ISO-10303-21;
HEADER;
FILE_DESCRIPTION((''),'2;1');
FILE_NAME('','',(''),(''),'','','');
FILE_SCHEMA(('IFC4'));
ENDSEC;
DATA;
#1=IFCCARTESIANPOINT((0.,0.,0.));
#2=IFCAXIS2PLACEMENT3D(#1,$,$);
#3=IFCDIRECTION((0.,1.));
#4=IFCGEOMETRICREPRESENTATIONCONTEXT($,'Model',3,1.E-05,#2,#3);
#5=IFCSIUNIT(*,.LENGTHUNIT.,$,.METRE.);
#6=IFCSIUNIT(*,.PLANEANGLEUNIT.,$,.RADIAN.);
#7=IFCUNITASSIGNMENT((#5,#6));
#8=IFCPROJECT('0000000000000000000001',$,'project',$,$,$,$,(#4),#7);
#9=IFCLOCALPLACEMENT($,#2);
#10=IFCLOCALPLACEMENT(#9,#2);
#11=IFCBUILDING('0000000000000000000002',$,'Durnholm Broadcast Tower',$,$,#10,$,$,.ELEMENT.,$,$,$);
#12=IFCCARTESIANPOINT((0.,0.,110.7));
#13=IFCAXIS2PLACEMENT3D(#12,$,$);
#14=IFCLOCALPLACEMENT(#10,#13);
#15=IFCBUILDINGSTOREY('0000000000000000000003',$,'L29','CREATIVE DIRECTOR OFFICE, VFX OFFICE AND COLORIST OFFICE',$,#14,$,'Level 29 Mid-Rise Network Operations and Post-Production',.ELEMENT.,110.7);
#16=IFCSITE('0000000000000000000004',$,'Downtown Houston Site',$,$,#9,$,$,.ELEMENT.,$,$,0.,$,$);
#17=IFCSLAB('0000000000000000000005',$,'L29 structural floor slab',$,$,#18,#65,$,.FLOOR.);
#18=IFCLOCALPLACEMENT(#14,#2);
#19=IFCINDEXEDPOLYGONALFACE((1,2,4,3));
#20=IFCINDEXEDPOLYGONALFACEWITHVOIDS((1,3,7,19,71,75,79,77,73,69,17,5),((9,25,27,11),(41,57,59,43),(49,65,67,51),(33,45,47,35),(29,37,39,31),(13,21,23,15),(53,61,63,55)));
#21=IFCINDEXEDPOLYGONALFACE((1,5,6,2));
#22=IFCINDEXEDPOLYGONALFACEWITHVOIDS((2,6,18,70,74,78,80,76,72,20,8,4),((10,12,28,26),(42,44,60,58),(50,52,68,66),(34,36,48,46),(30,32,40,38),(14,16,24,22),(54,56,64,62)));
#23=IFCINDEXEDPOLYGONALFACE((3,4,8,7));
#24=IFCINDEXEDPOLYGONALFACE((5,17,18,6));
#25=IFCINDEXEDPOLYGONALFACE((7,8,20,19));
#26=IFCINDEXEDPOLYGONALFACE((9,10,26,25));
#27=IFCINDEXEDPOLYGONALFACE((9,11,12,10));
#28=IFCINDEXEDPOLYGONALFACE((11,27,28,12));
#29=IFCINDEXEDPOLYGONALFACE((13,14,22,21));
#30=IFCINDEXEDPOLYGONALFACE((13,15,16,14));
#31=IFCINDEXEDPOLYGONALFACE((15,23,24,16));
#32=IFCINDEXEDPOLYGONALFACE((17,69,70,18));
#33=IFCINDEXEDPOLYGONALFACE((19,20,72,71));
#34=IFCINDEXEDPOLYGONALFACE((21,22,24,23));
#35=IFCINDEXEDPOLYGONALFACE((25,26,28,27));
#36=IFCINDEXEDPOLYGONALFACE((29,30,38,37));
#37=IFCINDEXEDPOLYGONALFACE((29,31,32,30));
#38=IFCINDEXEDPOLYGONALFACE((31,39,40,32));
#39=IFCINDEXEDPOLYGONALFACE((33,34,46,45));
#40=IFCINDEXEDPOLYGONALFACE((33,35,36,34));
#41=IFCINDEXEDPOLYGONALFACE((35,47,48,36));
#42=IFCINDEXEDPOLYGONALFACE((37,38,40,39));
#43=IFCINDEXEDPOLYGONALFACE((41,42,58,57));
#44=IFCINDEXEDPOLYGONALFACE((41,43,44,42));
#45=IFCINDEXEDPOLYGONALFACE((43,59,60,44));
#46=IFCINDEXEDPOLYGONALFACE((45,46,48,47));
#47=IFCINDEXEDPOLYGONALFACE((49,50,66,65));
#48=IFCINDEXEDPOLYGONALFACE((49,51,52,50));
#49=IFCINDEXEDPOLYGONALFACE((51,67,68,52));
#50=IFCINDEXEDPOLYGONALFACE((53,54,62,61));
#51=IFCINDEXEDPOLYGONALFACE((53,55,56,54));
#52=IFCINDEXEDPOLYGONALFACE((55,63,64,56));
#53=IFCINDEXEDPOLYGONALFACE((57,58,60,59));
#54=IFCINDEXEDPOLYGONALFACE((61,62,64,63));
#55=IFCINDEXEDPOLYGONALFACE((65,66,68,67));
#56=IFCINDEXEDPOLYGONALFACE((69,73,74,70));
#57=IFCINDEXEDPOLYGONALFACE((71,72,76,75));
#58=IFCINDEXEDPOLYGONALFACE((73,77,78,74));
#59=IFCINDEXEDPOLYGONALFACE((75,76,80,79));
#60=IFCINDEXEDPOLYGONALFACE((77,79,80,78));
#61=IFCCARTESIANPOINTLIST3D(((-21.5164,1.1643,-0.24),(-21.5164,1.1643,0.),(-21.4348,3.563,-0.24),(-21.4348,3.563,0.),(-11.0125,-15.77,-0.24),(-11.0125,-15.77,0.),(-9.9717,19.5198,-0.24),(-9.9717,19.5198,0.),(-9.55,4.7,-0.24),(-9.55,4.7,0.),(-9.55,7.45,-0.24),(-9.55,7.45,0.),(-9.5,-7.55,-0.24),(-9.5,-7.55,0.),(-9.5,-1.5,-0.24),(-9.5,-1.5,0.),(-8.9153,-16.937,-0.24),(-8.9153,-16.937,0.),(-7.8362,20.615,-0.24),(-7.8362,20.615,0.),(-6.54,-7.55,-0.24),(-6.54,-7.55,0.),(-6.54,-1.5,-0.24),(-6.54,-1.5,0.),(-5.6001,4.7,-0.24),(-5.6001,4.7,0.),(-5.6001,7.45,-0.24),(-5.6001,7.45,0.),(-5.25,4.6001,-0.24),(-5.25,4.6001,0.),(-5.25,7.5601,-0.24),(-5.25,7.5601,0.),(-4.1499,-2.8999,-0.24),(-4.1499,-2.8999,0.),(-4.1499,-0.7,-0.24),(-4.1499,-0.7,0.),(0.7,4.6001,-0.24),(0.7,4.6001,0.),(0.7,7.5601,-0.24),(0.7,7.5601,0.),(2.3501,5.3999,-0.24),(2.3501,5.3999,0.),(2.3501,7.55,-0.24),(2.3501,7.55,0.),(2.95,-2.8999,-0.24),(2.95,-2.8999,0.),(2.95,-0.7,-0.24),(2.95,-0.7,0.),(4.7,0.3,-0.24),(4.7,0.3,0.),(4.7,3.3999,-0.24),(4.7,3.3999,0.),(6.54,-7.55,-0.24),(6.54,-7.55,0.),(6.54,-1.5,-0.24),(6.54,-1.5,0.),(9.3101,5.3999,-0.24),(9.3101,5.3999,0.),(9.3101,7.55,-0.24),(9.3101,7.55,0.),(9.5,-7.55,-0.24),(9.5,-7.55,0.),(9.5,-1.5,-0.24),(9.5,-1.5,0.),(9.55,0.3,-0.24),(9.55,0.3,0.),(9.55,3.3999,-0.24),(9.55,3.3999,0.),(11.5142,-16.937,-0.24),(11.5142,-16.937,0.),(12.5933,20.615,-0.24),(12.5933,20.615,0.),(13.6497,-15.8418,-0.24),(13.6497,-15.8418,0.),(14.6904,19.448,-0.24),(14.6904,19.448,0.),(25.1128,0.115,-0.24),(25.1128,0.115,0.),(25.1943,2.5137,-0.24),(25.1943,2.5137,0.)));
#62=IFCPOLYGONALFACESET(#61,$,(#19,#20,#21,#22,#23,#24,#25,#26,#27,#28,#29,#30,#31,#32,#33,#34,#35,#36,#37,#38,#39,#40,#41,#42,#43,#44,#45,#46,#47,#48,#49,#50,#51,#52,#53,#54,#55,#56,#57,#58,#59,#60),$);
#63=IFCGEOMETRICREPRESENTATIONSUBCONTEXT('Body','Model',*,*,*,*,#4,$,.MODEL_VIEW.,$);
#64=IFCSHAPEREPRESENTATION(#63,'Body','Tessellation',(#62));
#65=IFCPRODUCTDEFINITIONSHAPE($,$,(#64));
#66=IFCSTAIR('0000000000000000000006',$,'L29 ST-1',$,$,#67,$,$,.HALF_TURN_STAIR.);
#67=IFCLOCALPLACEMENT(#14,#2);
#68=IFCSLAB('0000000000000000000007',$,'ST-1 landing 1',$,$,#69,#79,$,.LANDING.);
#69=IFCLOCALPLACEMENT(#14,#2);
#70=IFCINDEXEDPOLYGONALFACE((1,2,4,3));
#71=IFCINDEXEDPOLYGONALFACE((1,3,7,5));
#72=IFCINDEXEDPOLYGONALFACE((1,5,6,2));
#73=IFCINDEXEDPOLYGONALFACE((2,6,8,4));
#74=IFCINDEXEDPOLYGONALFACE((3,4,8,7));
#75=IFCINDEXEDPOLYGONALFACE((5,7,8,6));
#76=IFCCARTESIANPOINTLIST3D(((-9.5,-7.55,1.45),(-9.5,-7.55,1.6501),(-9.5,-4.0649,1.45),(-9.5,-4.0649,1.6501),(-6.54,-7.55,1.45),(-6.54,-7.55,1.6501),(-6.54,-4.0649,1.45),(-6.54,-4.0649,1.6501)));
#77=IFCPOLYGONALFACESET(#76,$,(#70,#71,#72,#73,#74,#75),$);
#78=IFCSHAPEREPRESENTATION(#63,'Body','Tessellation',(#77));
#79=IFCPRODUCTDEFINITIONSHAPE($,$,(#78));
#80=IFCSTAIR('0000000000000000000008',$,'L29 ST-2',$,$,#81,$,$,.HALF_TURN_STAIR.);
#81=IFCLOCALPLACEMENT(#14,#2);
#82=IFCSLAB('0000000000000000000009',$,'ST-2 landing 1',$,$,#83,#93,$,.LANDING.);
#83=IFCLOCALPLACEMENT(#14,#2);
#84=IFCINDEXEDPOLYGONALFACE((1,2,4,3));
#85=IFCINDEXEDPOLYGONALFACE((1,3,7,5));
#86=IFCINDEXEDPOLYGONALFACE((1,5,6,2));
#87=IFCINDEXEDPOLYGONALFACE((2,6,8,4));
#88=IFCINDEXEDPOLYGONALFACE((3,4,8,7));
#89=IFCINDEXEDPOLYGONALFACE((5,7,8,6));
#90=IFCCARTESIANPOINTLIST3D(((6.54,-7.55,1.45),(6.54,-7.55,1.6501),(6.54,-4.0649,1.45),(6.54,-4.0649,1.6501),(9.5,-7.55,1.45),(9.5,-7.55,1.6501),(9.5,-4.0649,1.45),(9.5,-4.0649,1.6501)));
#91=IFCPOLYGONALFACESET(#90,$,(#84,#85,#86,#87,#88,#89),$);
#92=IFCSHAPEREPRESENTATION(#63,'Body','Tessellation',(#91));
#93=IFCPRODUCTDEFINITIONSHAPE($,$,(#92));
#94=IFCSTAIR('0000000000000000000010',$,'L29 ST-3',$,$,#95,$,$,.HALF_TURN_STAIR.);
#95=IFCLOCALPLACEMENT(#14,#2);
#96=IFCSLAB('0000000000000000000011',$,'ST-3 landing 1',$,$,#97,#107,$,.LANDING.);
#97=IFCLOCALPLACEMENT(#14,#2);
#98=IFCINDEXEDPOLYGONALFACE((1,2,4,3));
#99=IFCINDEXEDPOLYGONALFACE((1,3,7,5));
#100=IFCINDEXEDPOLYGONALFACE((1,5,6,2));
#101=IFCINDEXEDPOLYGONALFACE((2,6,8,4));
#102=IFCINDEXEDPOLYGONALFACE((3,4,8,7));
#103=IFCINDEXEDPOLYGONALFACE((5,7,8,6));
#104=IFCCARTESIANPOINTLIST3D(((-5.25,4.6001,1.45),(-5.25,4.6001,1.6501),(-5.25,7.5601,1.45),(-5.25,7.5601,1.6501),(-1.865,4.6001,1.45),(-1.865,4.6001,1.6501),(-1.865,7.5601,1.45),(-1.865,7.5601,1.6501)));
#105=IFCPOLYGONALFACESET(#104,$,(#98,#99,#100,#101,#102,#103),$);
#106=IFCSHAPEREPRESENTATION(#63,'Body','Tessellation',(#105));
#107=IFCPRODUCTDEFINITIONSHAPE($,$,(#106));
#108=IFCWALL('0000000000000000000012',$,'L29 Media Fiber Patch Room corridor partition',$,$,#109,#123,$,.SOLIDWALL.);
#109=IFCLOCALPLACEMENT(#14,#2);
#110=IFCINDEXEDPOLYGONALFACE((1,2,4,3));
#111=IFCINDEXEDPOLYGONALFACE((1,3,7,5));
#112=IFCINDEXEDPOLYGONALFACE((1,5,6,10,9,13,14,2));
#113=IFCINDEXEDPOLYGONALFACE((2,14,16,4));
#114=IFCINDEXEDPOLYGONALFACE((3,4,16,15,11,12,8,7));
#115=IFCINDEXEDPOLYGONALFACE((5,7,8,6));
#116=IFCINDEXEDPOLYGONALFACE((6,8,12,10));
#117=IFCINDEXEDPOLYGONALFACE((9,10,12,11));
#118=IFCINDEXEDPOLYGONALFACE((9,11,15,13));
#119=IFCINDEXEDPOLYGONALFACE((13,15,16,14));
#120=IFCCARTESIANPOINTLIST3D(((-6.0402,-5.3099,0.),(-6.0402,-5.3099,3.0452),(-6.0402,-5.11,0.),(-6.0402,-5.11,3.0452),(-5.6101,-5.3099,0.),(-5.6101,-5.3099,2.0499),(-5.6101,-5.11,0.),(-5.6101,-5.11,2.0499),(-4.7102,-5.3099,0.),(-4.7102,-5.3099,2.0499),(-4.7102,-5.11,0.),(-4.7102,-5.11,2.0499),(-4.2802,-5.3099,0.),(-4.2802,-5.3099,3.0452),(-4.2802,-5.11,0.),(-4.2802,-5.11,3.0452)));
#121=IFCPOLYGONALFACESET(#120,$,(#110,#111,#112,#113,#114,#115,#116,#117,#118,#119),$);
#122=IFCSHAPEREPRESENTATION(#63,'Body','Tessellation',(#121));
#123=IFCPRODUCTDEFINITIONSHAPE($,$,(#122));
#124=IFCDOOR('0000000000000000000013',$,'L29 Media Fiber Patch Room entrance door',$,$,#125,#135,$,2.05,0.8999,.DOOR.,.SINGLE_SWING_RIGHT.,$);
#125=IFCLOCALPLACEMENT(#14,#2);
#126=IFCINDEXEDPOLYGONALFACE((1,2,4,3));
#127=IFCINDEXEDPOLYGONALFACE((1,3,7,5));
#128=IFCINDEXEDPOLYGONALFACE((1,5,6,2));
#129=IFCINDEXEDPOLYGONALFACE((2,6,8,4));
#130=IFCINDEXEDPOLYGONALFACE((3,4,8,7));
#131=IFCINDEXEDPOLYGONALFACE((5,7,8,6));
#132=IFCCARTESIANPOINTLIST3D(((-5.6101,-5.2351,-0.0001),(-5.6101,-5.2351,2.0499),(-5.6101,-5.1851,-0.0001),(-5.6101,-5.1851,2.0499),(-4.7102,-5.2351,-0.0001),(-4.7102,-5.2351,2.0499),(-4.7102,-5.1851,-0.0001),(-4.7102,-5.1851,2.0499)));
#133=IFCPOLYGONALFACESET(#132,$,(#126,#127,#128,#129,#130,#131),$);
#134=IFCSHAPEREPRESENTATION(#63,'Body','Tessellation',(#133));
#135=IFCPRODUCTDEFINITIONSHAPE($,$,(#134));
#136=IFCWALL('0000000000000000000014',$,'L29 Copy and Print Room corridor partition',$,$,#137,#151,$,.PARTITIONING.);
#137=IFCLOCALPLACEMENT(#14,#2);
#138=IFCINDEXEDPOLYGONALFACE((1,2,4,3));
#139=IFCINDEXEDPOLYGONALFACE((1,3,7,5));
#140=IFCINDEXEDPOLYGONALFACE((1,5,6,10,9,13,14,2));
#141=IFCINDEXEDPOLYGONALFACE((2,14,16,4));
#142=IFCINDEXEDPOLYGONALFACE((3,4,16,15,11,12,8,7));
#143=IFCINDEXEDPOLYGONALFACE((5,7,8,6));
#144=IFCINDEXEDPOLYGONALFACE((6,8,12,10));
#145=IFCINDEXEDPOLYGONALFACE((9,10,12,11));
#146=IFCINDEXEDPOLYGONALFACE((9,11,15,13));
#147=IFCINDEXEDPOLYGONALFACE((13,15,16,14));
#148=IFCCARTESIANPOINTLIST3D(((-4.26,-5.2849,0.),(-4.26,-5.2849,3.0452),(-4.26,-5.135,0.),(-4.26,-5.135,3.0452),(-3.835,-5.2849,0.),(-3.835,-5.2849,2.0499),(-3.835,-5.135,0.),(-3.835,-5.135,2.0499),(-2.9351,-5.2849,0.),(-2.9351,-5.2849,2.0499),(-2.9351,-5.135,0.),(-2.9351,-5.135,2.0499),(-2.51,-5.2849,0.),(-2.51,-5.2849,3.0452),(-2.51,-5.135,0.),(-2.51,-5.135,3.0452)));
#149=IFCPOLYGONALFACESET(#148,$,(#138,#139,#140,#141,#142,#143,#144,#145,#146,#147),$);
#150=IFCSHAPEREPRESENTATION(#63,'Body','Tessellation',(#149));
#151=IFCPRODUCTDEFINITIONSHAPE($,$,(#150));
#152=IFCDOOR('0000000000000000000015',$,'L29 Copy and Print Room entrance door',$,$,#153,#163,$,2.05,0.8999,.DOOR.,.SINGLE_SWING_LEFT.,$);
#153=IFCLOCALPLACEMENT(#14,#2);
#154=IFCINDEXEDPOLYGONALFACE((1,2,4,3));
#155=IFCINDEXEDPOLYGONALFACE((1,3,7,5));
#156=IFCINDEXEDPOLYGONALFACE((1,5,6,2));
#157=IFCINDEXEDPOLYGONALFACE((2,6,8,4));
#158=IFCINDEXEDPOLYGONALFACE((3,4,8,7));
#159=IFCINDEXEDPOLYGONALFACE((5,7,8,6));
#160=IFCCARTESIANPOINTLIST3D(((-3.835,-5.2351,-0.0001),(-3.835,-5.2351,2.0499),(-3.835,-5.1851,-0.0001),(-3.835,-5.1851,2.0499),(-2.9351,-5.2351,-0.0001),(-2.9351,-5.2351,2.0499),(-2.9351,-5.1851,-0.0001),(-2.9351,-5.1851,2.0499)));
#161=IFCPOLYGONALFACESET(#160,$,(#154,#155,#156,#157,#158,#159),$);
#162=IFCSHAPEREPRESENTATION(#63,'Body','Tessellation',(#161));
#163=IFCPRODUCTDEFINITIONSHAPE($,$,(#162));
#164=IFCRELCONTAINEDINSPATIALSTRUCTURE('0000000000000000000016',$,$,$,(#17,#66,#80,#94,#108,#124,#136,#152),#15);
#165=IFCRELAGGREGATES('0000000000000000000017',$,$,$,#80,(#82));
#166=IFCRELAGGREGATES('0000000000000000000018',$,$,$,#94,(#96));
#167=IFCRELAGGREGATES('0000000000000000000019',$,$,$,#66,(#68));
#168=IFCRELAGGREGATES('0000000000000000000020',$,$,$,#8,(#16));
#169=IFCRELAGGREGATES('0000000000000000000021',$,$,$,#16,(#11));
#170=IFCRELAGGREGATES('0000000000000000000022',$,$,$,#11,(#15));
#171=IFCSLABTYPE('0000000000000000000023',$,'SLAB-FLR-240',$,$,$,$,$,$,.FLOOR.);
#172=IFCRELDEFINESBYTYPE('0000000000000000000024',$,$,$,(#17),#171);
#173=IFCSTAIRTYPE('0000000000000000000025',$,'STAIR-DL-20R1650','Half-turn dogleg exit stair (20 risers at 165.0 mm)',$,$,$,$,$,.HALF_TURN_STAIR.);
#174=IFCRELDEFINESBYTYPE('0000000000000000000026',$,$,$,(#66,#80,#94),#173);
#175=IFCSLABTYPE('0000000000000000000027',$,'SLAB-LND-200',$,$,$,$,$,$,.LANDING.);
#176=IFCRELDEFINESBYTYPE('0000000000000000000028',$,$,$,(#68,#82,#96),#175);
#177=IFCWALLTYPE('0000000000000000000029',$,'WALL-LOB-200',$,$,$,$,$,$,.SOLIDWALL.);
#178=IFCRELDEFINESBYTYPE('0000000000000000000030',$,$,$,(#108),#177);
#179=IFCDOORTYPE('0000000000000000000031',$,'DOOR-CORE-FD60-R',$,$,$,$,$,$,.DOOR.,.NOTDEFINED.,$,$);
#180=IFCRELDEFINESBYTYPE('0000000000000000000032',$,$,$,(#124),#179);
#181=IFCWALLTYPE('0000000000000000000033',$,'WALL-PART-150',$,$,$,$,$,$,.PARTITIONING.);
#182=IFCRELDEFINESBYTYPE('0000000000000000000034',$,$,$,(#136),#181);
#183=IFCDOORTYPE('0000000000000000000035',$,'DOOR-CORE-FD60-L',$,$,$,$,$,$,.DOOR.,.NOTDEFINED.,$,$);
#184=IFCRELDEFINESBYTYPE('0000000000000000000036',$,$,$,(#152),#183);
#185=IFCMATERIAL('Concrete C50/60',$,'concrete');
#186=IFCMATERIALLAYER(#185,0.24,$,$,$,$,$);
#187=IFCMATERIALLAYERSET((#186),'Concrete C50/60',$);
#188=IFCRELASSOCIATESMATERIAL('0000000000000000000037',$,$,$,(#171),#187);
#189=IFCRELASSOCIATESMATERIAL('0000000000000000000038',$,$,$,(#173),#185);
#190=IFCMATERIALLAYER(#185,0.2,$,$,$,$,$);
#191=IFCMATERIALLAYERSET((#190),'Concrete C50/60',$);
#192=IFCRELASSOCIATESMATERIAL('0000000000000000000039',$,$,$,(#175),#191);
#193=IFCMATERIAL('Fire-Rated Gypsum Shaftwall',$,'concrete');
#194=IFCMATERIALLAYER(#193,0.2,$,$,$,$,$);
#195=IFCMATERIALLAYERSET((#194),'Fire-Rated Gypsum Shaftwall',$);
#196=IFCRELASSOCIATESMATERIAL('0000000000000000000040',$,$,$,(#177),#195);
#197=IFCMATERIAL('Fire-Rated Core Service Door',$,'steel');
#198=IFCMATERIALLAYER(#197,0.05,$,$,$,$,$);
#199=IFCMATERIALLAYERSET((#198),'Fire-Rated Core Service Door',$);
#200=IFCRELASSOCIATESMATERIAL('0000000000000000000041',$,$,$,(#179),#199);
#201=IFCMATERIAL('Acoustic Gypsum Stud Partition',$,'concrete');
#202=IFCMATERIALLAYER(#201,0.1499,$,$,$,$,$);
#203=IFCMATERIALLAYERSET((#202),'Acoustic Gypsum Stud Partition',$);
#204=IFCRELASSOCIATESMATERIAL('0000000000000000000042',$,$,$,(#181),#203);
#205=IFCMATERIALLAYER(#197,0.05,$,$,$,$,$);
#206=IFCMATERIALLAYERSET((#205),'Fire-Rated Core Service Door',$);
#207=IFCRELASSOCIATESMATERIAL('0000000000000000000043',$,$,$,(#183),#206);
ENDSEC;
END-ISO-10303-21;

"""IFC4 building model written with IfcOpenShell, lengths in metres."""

from ifc_helpers import new_model, si_unit, direction, frame, frame_2d, origin, place, context, subcontext, project, spatial, polyline, rectangle, outline, extrude, source, transform, mapped, material, layer, layer_set, type_object, type_shapes, element, fill, aggregate, save


model = new_model("IFC4")

# Units and contexts
model_context = context("Model", 3, precision=1e-05, world=origin(), true_north=direction((0.0, 1.0)))
body_context = subcontext(model_context, "Body", "Model", "MODEL_VIEW")
ifc_project = project(units=[si_unit("LENGTHUNIT", "METRE"), si_unit("PLANEANGLEUNIT", "RADIAN")], contexts=[model_context])

# Site, building, storey
site_placement = place(None, origin())
site = spatial("IfcSite", under=ifc_project, at=site_placement, Name="Downtown Houston Site", CompositionType="ELEMENT", RefElevation=0.0)
building_placement = place(site_placement, origin())
building = spatial("IfcBuilding", under=site, at=building_placement, Name="Durnholm Broadcast Tower", CompositionType="ELEMENT")
storey_placement = place(building_placement, frame((0.0, 0.0, 110.7)))
storey = spatial("IfcBuildingStorey", under=building, at=storey_placement, Name="L29", Description="CREATIVE DIRECTOR OFFICE, VFX OFFICE AND COLORIST OFFICE", LongName="Level 29 Mid-Rise Network Operations and Post-Production", CompositionType="ELEMENT", Elevation=110.7)

# Slab
ifc_material_1 = material(Name="Concrete C50/60", Category="concrete")
ifc_layer_1 = layer(ifc_material_1, 0.24)
ifc_layer_set_1 = layer_set([ifc_layer_1], Name="Concrete C50/60")
slab_type_1 = type_object("IfcSlabType", Name="SLAB-FLR-240", PredefinedType="FLOOR", material=ifc_layer_set_1)
slab_1_placement = place(storey_placement, frame((0.0, 0.0, -0.24)))
element("IfcSlab", 1, at=slab_1_placement, inside=storey, type_object=slab_type_1, Name="L29 structural floor slab", PredefinedType="FLOOR", context=body_context, shape_type="SweptSolid", body=[
    extrude(outline(polyline([(-11.0125, -15.77), (-8.9153, -16.937), (11.5142, -16.937), (13.6497, -15.8418), (25.1128, 0.115), (25.1943, 2.5137), (14.6904, 19.448), (12.5933, 20.615), (-7.8362, 20.615), (-9.9717, 19.5198), (-21.4348, 3.563), (-21.5164, 1.1643), (-11.0125, -15.77)]), holes=[polyline([(-6.54, -1.5), (-9.5, -1.5), (-9.5, -7.55), (-6.54, -7.55), (-6.54, -1.5)]), polyline([(9.5, -7.55), (9.5, -1.5), (6.54, -1.5), (6.54, -7.55), (9.5, -7.55)]), polyline([(2.95, -0.7), (-4.1499, -0.7), (-4.1499, -2.8999), (2.95, -2.8999), (2.95, -0.7)]), polyline([(9.55, 3.3999), (4.7, 3.3999), (4.7, 0.3), (9.55, 0.3), (9.55, 3.3999)]), polyline([(-5.6001, 7.45), (-9.55, 7.45), (-9.55, 4.7), (-5.6001, 4.7), (-5.6001, 7.45)]), polyline([(-5.25, 4.6001), (0.7, 4.6001), (0.7, 7.5601), (-5.25, 7.5601), (-5.25, 4.6001)]), polyline([(9.3101, 7.55), (2.3501, 7.55), (2.3501, 5.3999), (9.3101, 5.3999), (9.3101, 7.55)])]), origin(), (0.0, 0.0, 1.0), 0.24),
])

# Stairs, slabs
stair_type = type_object("IfcStairType", Name="STAIR-DL-20R1650", Description="Half-turn dogleg exit stair (20 risers at 165.0 mm)", PredefinedType="HALF_TURN_STAIR", material=ifc_material_1)
stair_1_placement = place(storey_placement, origin())
stair_1 = element("IfcStair", 2, at=stair_1_placement, inside=storey, type_object=stair_type, Name="L29 ST-1", PredefinedType="HALF_TURN_STAIR")
ifc_layer_2 = layer(ifc_material_1, 0.2)
ifc_layer_set_2 = layer_set([ifc_layer_2], Name="Concrete C50/60")
slab_type_2 = type_object("IfcSlabType", Name="SLAB-LND-200", PredefinedType="LANDING", material=ifc_layer_set_2)
slab_2_placement = place(storey_placement, frame((0.0, 0.0, 1.45)))
slab_2 = element("IfcSlab", 3, at=slab_2_placement, type_object=slab_type_2, Name="ST-1 landing 1", PredefinedType="LANDING", context=body_context, shape_type="SweptSolid", body=[
    extrude(outline(polyline([(-9.5, -4.0649), (-9.5, -7.55), (-6.54, -7.55), (-6.54, -4.0649), (-9.5, -4.0649)])), origin(), (0.0, 0.0, 1.0), 0.2002),
])
stair_2_placement = place(storey_placement, origin())
stair_2 = element("IfcStair", 4, at=stair_2_placement, inside=storey, type_object=stair_type, Name="L29 ST-2", PredefinedType="HALF_TURN_STAIR")
slab_3_placement = place(storey_placement, frame((0.0, 0.0, 1.45)))
slab_3 = element("IfcSlab", 5, at=slab_3_placement, type_object=slab_type_2, Name="ST-2 landing 1", PredefinedType="LANDING", context=body_context, shape_type="SweptSolid", body=[
    extrude(outline(polyline([(6.54, -4.0649), (6.54, -7.55), (9.5, -7.55), (9.5, -4.0649), (6.54, -4.0649)])), origin(), (0.0, 0.0, 1.0), 0.2002),
])
aggregate(stair_2, [slab_3])
stair_3_placement = place(storey_placement, origin())
stair_3 = element("IfcStair", 6, at=stair_3_placement, inside=storey, type_object=stair_type, Name="L29 ST-3", PredefinedType="HALF_TURN_STAIR")
slab_4_placement = place(storey_placement, frame((0.0, 0.0, 1.45)))
slab_4 = element("IfcSlab", 7, at=slab_4_placement, type_object=slab_type_2, Name="ST-3 landing 1", PredefinedType="LANDING", context=body_context, shape_type="SweptSolid", body=[
    extrude(outline(polyline([(-1.865, 7.5601), (-5.25, 7.5601), (-5.25, 4.6001), (-1.865, 4.6001), (-1.865, 7.5601)])), origin(), (0.0, 0.0, 1.0), 0.2002),
])
aggregate(stair_3, [slab_4])

# Walls, openings, doors
ifc_material_2 = material(Name="Fire-Rated Gypsum Shaftwall", Category="concrete")
ifc_layer_3 = layer(ifc_material_2, 0.2)
ifc_layer_set_3 = layer_set([ifc_layer_3], Name="Fire-Rated Gypsum Shaftwall")
wall_type_1 = type_object("IfcWallType", Name="WALL-LOB-200", PredefinedType="SOLIDWALL", material=ifc_layer_set_3)
wall_1_placement = place(storey_placement, frame((-6.04, -5.21, 0.0), z_axis=(0.0, 0.0, 1.0), x_axis=(1.0, 0.0, 0.0)))
wall_1 = element("IfcWall", 8, at=wall_1_placement, inside=storey, type_object=wall_type_1, Name="L29 Media Fiber Patch Room corridor partition", PredefinedType="SOLIDWALL", context=body_context, shape_type="SweptSolid", body=[
    extrude(rectangle(XDim=1.76, YDim=0.2, at=frame_2d((0.8799, 0.0))), origin(), (0.0, 0.0, 1.0), 3.0452),
])
opening_1_placement = place(wall_1_placement, frame((0.4299, 0.0, 0.0)))
opening_1 = element("IfcOpeningElement", 9, at=opening_1_placement, cuts=wall_1, PredefinedType="OPENING", context=body_context, shape_type="SweptSolid", body=[
    extrude(rectangle(XDim=0.8999, YDim=2.05, at=frame_2d((0.45, 1.0249))), frame((0.0, 0.1099, 0.0), z_axis=(0.0, -1.0, 0.0), x_axis=(1.0, 0.0, 0.0)), (0.0, 0.0, 1.0), 0.22),
])
ifc_material_3 = material(Name="Fire-Rated Core Service Door", Category="steel")
ifc_layer_4 = layer(ifc_material_3, 0.05)
ifc_layer_set_4 = layer_set([ifc_layer_4], Name="Fire-Rated Core Service Door")
door_type_1 = type_object("IfcDoorType", Name="DOOR-CORE-FD60-R", OperationType="NOTDEFINED", PredefinedType="DOOR", material=ifc_layer_set_4)
shared_shape_1 = source(origin(), body_context, "Body", "SweptSolid", [
    extrude(rectangle(XDim=0.8999, YDim=2.05, at=frame_2d((0.45, 1.0249))), frame((0.0, 0.0249, 0.0), z_axis=(0.0, -1.0, 0.0), x_axis=(1.0, 0.0, 0.0)), (0.0, 0.0, 1.0), 0.05),
])
type_shapes(door_type_1, [shared_shape_1])
door_1_placement = place(opening_1_placement, origin())
door_1 = element("IfcDoor", 10, at=door_1_placement, inside=storey, type_object=door_type_1, Name="L29 Media Fiber Patch Room entrance door", OperationType="SINGLE_SWING_RIGHT", OverallHeight=2.05, OverallWidth=0.8999, PredefinedType="DOOR", context=body_context, shape_type="MappedRepresentation", body=[
    mapped(shared_shape_1, transform((0.0, 0.0, 0.0), x_axis=(1.0, 0.0, 0.0), y_axis=(0.0, 1.0, 0.0), z_axis=(0.0, 0.0, 1.0), scale=1.0)),
])
fill(opening_1, door_1)
ifc_material_4 = material(Name="Acoustic Gypsum Stud Partition", Category="concrete")
ifc_layer_5 = layer(ifc_material_4, 0.1499)
ifc_layer_set_5 = layer_set([ifc_layer_5], Name="Acoustic Gypsum Stud Partition")
wall_type_2 = type_object("IfcWallType", Name="WALL-PART-150", PredefinedType="PARTITIONING", material=ifc_layer_set_5)
wall_2_placement = place(storey_placement, frame((-4.26, -5.21, 0.0), z_axis=(0.0, 0.0, 1.0), x_axis=(1.0, 0.0, 0.0)))
wall_2 = element("IfcWall", 11, at=wall_2_placement, inside=storey, type_object=wall_type_2, Name="L29 Copy and Print Room corridor partition", PredefinedType="PARTITIONING", context=body_context, shape_type="SweptSolid", body=[
    extrude(rectangle(XDim=1.75, YDim=0.1499, at=frame_2d((0.875, 0.0))), origin(), (0.0, 0.0, 1.0), 3.0452),
])
opening_2_placement = place(wall_2_placement, frame((0.425, 0.0, 0.0)))
opening_2 = element("IfcOpeningElement", 12, at=opening_2_placement, cuts=wall_2, PredefinedType="OPENING", context=body_context, shape_type="SweptSolid", body=[
    extrude(rectangle(XDim=0.8999, YDim=2.05, at=frame_2d((0.45, 1.0249))), frame((0.0, 0.085, 0.0), z_axis=(0.0, -1.0, 0.0), x_axis=(1.0, 0.0, 0.0)), (0.0, 0.0, 1.0), 0.1699),
])
ifc_layer_6 = layer(ifc_material_3, 0.05)
ifc_layer_set_6 = layer_set([ifc_layer_6], Name="Fire-Rated Core Service Door")
door_type_2 = type_object("IfcDoorType", Name="DOOR-CORE-FD60-L", OperationType="NOTDEFINED", PredefinedType="DOOR", material=ifc_layer_set_6)
shared_shape_2 = source(origin(), body_context, "Body", "SweptSolid", [
    extrude(rectangle(XDim=0.8999, YDim=2.05, at=frame_2d((0.45, 1.0249))), frame((0.0, 0.0249, 0.0), z_axis=(0.0, -1.0, 0.0), x_axis=(1.0, 0.0, 0.0)), (0.0, 0.0, 1.0), 0.05),
])
type_shapes(door_type_2, [shared_shape_2])
door_2_placement = place(opening_2_placement, origin())
door_2 = element("IfcDoor", 13, at=door_2_placement, inside=storey, type_object=door_type_2, Name="L29 Copy and Print Room entrance door", OperationType="SINGLE_SWING_LEFT", OverallHeight=2.05, OverallWidth=0.8999, PredefinedType="DOOR", context=body_context, shape_type="MappedRepresentation", body=[
    mapped(shared_shape_2, transform((0.0, 0.0, 0.0), x_axis=(1.0, 0.0, 0.0), y_axis=(0.0, 1.0, 0.0), z_axis=(0.0, 0.0, 1.0), scale=1.0)),
])
fill(opening_2, door_2)

aggregate(stair_1, [slab_2])

save(model, "model.ifc")
